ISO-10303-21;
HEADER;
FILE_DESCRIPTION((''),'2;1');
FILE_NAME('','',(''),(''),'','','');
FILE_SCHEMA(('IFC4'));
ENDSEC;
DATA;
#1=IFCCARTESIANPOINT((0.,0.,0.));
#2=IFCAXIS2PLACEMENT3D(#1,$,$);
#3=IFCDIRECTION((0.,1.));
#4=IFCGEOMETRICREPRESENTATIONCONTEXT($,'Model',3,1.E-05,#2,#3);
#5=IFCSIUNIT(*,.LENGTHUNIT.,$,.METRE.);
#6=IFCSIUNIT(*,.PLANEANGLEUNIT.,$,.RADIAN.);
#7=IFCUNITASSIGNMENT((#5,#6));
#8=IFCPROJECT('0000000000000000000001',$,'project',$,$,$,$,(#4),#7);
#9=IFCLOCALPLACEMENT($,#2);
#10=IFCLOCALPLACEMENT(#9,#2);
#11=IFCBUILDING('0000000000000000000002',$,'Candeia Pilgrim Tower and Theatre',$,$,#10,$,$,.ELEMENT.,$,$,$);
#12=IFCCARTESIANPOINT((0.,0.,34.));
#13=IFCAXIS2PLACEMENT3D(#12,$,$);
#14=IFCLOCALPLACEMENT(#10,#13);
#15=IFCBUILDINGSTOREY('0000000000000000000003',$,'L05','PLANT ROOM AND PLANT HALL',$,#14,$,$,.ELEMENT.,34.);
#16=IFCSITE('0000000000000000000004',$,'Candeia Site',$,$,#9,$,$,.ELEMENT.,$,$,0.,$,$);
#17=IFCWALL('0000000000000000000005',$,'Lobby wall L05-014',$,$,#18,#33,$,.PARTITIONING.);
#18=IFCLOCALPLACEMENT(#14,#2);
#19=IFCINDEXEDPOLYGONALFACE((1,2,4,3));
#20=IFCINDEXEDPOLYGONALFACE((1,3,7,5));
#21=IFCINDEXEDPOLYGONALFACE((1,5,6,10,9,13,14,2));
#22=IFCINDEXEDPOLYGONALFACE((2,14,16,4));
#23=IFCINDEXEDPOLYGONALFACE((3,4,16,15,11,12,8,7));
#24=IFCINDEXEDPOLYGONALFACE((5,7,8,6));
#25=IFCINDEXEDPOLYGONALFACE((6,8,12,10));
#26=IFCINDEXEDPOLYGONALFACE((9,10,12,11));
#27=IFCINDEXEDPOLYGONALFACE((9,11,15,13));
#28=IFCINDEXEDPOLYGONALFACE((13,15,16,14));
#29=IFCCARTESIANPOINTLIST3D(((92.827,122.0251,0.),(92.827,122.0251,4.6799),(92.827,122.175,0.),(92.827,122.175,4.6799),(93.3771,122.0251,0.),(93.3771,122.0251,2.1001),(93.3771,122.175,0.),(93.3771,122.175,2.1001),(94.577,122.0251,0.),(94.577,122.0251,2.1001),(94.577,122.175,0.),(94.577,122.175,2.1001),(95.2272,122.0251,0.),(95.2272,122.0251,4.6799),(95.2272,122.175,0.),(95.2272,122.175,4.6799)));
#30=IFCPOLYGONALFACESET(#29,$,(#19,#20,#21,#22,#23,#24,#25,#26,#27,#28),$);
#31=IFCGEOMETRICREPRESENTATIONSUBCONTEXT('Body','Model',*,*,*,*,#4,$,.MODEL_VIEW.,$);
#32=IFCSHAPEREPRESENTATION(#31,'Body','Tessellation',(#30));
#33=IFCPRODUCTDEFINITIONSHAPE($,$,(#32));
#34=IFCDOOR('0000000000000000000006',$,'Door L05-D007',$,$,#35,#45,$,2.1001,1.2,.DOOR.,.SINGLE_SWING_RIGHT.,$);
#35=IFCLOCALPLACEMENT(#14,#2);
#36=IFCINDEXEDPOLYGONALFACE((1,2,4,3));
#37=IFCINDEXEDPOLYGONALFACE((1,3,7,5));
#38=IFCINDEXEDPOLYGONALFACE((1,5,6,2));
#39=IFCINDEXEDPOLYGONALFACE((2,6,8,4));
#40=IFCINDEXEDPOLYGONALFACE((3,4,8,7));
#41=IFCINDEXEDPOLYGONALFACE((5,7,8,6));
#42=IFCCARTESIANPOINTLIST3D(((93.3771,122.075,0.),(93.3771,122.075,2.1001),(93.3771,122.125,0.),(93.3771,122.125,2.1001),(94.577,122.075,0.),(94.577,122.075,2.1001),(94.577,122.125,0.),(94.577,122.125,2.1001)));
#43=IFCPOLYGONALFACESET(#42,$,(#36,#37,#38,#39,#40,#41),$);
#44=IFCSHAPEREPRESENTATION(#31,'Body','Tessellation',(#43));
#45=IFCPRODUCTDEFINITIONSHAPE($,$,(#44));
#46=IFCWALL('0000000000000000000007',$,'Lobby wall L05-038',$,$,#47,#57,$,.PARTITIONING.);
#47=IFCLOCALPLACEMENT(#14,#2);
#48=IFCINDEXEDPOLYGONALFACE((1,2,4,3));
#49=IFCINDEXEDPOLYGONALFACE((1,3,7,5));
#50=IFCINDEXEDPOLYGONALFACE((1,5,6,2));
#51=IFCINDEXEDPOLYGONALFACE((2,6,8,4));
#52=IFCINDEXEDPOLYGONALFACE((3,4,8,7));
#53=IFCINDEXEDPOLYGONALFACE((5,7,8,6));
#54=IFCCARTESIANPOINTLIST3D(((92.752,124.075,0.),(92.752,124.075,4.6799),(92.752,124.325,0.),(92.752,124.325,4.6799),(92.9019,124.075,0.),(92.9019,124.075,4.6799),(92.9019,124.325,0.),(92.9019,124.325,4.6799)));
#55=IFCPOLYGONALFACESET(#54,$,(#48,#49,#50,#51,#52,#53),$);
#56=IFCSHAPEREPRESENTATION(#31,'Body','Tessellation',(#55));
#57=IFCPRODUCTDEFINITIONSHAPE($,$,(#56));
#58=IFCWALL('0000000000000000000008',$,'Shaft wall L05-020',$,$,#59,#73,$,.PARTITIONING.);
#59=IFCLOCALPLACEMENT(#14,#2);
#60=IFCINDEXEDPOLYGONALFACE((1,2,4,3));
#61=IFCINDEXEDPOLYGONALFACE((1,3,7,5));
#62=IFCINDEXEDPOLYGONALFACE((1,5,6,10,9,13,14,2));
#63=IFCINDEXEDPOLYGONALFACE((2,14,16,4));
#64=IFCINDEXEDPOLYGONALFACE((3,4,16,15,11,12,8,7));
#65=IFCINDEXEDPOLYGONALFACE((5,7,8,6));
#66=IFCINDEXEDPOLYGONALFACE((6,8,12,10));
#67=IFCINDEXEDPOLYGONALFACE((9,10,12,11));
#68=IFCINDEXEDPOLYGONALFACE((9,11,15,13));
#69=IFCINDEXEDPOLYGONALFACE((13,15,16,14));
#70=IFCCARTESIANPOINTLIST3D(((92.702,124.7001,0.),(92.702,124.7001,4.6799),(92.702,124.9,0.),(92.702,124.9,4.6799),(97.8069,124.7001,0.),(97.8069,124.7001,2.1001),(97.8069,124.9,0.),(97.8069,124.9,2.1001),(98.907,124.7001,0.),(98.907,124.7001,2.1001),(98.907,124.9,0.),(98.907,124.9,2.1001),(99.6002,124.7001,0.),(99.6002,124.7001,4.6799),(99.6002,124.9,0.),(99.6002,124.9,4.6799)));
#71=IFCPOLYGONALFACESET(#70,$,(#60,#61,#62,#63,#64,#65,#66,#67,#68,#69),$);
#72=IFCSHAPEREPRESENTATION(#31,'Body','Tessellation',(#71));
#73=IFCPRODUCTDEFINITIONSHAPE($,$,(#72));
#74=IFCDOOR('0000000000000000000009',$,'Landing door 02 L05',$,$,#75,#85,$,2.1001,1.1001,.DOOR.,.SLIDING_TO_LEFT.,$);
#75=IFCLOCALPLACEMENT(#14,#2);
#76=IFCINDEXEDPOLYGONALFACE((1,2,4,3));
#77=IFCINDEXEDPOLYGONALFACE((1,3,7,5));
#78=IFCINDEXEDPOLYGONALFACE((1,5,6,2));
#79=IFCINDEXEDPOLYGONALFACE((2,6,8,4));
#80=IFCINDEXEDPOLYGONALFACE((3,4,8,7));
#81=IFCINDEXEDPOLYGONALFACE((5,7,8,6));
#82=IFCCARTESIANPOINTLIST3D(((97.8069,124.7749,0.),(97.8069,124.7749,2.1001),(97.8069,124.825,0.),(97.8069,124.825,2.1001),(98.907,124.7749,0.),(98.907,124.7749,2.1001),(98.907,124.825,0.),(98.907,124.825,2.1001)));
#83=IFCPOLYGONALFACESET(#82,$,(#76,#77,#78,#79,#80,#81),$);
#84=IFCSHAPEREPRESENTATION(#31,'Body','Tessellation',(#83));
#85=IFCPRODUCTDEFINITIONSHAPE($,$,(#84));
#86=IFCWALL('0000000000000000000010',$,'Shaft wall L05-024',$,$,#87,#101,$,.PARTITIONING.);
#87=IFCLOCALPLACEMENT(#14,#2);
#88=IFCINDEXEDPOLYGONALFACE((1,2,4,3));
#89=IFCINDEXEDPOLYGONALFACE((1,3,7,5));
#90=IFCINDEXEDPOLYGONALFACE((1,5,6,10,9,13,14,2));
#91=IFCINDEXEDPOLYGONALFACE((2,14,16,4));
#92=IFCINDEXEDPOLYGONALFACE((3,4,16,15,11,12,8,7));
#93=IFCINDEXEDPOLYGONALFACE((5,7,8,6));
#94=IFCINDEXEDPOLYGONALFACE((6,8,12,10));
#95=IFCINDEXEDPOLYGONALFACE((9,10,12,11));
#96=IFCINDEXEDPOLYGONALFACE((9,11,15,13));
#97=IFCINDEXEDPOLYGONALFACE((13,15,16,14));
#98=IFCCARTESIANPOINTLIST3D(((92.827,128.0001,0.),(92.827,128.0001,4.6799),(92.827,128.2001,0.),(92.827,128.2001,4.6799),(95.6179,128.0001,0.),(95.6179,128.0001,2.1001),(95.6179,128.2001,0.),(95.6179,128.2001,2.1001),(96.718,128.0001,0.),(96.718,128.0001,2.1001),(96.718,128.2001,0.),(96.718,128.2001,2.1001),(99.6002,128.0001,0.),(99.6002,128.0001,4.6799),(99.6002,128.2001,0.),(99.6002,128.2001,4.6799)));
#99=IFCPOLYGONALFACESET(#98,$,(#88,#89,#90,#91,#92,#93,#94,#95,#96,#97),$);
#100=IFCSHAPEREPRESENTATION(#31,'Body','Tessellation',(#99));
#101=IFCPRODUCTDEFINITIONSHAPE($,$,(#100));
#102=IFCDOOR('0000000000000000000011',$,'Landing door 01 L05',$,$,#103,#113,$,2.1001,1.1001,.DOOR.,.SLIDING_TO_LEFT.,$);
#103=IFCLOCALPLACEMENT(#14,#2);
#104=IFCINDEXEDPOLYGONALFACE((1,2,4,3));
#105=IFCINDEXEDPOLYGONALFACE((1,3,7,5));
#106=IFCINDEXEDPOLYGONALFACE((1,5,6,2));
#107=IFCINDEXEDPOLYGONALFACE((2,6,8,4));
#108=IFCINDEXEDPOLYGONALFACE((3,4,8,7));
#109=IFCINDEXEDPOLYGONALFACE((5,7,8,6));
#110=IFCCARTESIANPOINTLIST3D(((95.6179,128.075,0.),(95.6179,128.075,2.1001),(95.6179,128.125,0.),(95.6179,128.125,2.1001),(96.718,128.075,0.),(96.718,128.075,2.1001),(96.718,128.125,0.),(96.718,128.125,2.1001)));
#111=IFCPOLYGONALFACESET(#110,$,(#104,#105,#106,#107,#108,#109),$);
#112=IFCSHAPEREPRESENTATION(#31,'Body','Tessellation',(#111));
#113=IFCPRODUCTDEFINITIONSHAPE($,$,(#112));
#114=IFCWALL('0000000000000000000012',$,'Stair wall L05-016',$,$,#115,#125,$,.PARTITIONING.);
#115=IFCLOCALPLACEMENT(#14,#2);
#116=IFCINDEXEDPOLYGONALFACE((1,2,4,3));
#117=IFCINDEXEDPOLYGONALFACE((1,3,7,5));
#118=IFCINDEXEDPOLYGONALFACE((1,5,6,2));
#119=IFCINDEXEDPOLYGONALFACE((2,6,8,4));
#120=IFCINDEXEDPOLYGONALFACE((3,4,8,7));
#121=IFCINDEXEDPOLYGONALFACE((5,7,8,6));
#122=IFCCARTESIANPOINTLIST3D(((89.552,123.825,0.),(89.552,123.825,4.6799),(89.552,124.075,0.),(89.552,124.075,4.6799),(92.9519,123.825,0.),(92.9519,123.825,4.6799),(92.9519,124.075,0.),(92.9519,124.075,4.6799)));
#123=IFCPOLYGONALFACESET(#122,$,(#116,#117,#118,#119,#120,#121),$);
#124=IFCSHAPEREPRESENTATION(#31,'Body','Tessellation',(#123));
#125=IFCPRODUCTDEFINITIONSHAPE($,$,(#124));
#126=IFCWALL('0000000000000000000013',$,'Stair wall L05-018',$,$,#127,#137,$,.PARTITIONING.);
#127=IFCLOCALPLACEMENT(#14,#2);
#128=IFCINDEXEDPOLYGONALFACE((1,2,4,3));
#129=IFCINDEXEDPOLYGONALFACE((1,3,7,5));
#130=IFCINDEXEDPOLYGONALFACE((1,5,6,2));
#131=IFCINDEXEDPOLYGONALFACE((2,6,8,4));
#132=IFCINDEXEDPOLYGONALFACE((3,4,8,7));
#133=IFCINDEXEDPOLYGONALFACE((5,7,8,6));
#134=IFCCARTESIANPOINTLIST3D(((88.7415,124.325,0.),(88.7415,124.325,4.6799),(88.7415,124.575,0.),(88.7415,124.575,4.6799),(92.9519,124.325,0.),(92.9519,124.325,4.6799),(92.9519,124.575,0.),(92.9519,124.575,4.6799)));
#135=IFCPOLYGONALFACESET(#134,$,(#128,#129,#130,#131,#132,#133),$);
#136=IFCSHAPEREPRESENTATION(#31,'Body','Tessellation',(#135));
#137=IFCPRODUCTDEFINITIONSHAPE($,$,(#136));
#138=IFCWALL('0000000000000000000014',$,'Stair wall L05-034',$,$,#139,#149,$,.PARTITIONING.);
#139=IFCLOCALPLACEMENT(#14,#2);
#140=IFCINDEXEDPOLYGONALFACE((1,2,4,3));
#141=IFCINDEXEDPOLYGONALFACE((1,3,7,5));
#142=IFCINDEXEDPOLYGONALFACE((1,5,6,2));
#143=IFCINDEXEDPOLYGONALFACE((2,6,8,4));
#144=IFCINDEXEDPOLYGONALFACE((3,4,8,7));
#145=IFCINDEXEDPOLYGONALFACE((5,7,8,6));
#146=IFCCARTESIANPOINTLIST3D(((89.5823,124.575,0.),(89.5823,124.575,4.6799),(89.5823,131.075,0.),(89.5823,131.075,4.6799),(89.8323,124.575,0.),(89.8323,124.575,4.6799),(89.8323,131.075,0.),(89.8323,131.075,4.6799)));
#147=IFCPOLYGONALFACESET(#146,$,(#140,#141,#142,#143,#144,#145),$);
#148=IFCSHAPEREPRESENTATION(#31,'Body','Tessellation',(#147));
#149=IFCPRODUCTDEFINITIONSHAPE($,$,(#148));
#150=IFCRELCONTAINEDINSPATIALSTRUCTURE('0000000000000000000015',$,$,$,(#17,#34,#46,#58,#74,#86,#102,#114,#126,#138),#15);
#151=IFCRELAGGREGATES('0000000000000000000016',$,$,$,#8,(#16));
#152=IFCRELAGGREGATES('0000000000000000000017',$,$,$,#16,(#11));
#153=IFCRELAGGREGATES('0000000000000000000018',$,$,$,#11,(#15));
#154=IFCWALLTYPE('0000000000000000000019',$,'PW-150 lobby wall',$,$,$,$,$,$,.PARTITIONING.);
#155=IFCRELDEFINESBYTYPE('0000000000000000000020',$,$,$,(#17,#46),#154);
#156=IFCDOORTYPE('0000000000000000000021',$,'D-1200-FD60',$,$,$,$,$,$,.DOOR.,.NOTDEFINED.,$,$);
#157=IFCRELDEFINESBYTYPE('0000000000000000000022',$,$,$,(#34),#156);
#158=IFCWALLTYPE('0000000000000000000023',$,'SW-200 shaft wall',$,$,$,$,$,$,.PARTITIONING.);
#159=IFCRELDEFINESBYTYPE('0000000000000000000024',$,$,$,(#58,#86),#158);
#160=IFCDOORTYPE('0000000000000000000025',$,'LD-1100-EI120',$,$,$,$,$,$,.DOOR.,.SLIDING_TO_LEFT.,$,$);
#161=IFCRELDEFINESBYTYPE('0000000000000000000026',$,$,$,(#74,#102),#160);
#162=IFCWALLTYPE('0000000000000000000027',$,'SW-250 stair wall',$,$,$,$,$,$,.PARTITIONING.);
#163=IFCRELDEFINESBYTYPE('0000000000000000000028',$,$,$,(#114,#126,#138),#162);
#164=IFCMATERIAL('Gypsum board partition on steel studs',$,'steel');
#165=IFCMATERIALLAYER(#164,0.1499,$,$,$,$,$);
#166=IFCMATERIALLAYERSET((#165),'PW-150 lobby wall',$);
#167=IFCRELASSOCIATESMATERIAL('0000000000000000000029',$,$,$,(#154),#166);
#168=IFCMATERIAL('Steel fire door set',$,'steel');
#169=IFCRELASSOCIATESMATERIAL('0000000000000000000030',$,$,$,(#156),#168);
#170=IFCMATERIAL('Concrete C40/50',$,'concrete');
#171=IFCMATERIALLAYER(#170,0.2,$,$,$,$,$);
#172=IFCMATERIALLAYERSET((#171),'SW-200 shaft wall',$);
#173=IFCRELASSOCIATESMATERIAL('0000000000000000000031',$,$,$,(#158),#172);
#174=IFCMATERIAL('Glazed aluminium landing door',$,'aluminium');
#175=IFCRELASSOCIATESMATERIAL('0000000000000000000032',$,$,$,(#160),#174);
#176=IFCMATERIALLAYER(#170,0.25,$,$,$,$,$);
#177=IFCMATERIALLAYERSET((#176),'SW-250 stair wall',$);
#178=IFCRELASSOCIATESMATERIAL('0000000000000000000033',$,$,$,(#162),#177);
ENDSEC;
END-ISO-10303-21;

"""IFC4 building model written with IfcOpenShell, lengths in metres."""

from ifc_helpers import new_model, si_unit, direction, frame, frame_2d, origin, place, context, subcontext, project, spatial, rectangle, extrude, material, layer, layer_set, type_object, element, fill, save


model = new_model("IFC4")

# Units and contexts
model_context = context("Model", 3, precision=1e-05, world=origin(), true_north=direction((0.0, 1.0)))
body_context = subcontext(model_context, "Body", "Model", "MODEL_VIEW")
ifc_project = project(units=[si_unit("LENGTHUNIT", "METRE"), si_unit("PLANEANGLEUNIT", "RADIAN")], contexts=[model_context])

# Site, building, storey
site_placement = place(None, origin())
site = spatial("IfcSite", under=ifc_project, at=site_placement, Name="Candeia Site", CompositionType="ELEMENT", RefElevation=0.0)
building_placement = place(site_placement, origin())
building = spatial("IfcBuilding", under=site, at=building_placement, Name="Candeia Pilgrim Tower and Theatre", CompositionType="ELEMENT")
storey_placement = place(building_placement, frame((0.0, 0.0, 34.0)))
storey = spatial("IfcBuildingStorey", under=building, at=storey_placement, Name="L05", Description="PLANT ROOM AND PLANT HALL", CompositionType="ELEMENT", Elevation=34.0)

# Wall, opening, door
ifc_material_1 = material(Name="Gypsum board partition on steel studs", Category="steel")
ifc_layer_1 = layer(ifc_material_1, 0.1499)
ifc_layer_set_1 = layer_set([ifc_layer_1], Name="PW-150 lobby wall")
wall_type_1 = type_object("IfcWallType", Name="PW-150 lobby wall", PredefinedType="PARTITIONING", material=ifc_layer_set_1)
wall_1_placement = place(storey_placement, frame((92.8269, 122.1001, 0.0), z_axis=(0.0, 0.0, 1.0), x_axis=(1.0, 0.0, 0.0)))
wall_1 = element("IfcWall", 1, at=wall_1_placement, inside=storey, type_object=wall_type_1, Name="Lobby wall L05-014", PredefinedType="PARTITIONING", context=body_context, shape_type="SweptSolid", body=[
    extrude(rectangle(XDim=2.4001, YDim=0.1499, at=frame_2d((1.2002, 0.0))), origin(), (0.0, 0.0, 1.0), 4.6799),
])
opening_1_placement = place(wall_1_placement, frame((0.55, 0.0, 0.0)))
opening_1 = element("IfcOpeningElement", 2, at=opening_1_placement, cuts=wall_1, PredefinedType="OPENING", context=body_context, shape_type="SweptSolid", body=[
    extrude(rectangle(XDim=1.2, YDim=2.1001, at=frame_2d((0.6001, 1.05))), frame((0.0, 0.085, 0.0), z_axis=(0.0, -1.0, 0.0), x_axis=(1.0, 0.0, 0.0)), (0.0, 0.0, 1.0), 0.1699),
])
ifc_material_2 = material(Name="Steel fire door set", Category="steel")
door_type_1 = type_object("IfcDoorType", Name="D-1200-FD60", OperationType="NOTDEFINED", PredefinedType="DOOR", material=ifc_material_2)
door_1_placement = place(opening_1_placement, origin())
door_1 = element("IfcDoor", 3, at=door_1_placement, inside=storey, type_object=door_type_1, Name="Door L05-D007", OperationType="SINGLE_SWING_RIGHT", OverallHeight=2.1001, OverallWidth=1.2, PredefinedType="DOOR", context=body_context, shape_type="SweptSolid", body=[
    extrude(rectangle(XDim=1.2, YDim=2.1001, at=frame_2d((0.6001, 1.05))), frame((0.0, 0.0249, 0.0), z_axis=(0.0, -1.0, 0.0), x_axis=(1.0, 0.0, 0.0)), (0.0, 0.0, 1.0), 0.05),
])
fill(opening_1, door_1)

# Wall
wall_2_placement = place(storey_placement, frame((92.8269, 124.075, 0.0), z_axis=(0.0, 0.0, 1.0), x_axis=(0.0, 1.0, 0.0)))
element("IfcWall", 4, at=wall_2_placement, inside=storey, type_object=wall_type_1, Name="Lobby wall L05-038", PredefinedType="PARTITIONING", context=body_context, shape_type="SweptSolid", body=[
    extrude(rectangle(XDim=0.25, YDim=0.1499, at=frame_2d((0.125, 0.0))), origin(), (0.0, 0.0, 1.0), 4.6799),
])

# Walls, openings, doors
ifc_material_3 = material(Name="Concrete C40/50", Category="concrete")
ifc_layer_2 = layer(ifc_material_3, 0.2)
ifc_layer_set_2 = layer_set([ifc_layer_2], Name="SW-200 shaft wall")
wall_type_2 = type_object("IfcWallType", Name="SW-200 shaft wall", PredefinedType="PARTITIONING", material=ifc_layer_set_2)
wall_3_placement = place(storey_placement, frame((92.7019, 124.8, 0.0), z_axis=(0.0, 0.0, 1.0), x_axis=(1.0, 0.0, 0.0)))
wall_3 = element("IfcWall", 5, at=wall_3_placement, inside=storey, type_object=wall_type_2, Name="Shaft wall L05-020", PredefinedType="PARTITIONING", context=body_context, shape_type="SweptSolid", body=[
    extrude(rectangle(XDim=6.8982, YDim=0.2, at=frame_2d((3.4492, 0.0))), origin(), (0.0, 0.0, 1.0), 4.6799),
])
opening_2_placement = place(wall_3_placement, frame((5.105, 0.0, 0.0)))
opening_2 = element("IfcOpeningElement", 6, at=opening_2_placement, cuts=wall_3, PredefinedType="OPENING", context=body_context, shape_type="SweptSolid", body=[
    extrude(rectangle(XDim=1.1001, YDim=2.1001, at=frame_2d((0.55, 1.05))), frame((0.0, 0.1099, 0.0), z_axis=(0.0, -1.0, 0.0), x_axis=(1.0, 0.0, 0.0)), (0.0, 0.0, 1.0), 0.22),
])
ifc_material_4 = material(Name="Glazed aluminium landing door", Category="aluminium")
door_type_2 = type_object("IfcDoorType", Name="LD-1100-EI120", OperationType="SLIDING_TO_LEFT", PredefinedType="DOOR", material=ifc_material_4)
door_2_placement = place(opening_2_placement, origin())
door_2 = element("IfcDoor", 7, at=door_2_placement, inside=storey, type_object=door_type_2, Name="Landing door 02 L05", OperationType="SLIDING_TO_LEFT", OverallHeight=2.1001, OverallWidth=1.1001, PredefinedType="DOOR", context=body_context, shape_type="SweptSolid", body=[
    extrude(rectangle(XDim=1.1001, YDim=2.1001, at=frame_2d((0.55, 1.05))), frame((0.0, 0.0249, 0.0), z_axis=(0.0, -1.0, 0.0), x_axis=(1.0, 0.0, 0.0)), (0.0, 0.0, 1.0), 0.05),
])
fill(opening_2, door_2)
wall_4_placement = place(storey_placement, frame((92.8269, 128.1001, 0.0), z_axis=(0.0, 0.0, 1.0), x_axis=(1.0, 0.0, 0.0)))
wall_4 = element("IfcWall", 8, at=wall_4_placement, inside=storey, type_object=wall_type_2, Name="Shaft wall L05-024", PredefinedType="PARTITIONING", context=body_context, shape_type="SweptSolid", body=[
    extrude(rectangle(XDim=6.7732, YDim=0.2, at=frame_2d((3.3867, 0.0))), origin(), (0.0, 0.0, 1.0), 4.6799),
])
opening_3_placement = place(wall_4_placement, frame((2.791, 0.0, 0.0)))
opening_3 = element("IfcOpeningElement", 9, at=opening_3_placement, cuts=wall_4, PredefinedType="OPENING", context=body_context, shape_type="SweptSolid", body=[
    extrude(rectangle(XDim=1.1001, YDim=2.1001, at=frame_2d((0.55, 1.05))), frame((0.0, 0.1099, 0.0), z_axis=(0.0, -1.0, 0.0), x_axis=(1.0, 0.0, 0.0)), (0.0, 0.0, 1.0), 0.22),
])
door_3_placement = place(opening_3_placement, origin())
door_3 = element("IfcDoor", 10, at=door_3_placement, inside=storey, type_object=door_type_2, Name="Landing door 01 L05", OperationType="SLIDING_TO_LEFT", OverallHeight=2.1001, OverallWidth=1.1001, PredefinedType="DOOR", context=body_context, shape_type="SweptSolid", body=[
    extrude(rectangle(XDim=1.1001, YDim=2.1001, at=frame_2d((0.55, 1.05))), frame((0.0, 0.0249, 0.0), z_axis=(0.0, -1.0, 0.0), x_axis=(1.0, 0.0, 0.0)), (0.0, 0.0, 1.0), 0.05),
])
fill(opening_3, door_3)

# Walls
ifc_layer_3 = layer(ifc_material_3, 0.25)
ifc_layer_set_3 = layer_set([ifc_layer_3], Name="SW-250 stair wall")
wall_type_3 = type_object("IfcWallType", Name="SW-250 stair wall", PredefinedType="PARTITIONING", material=ifc_layer_set_3)
wall_5_placement = place(storey_placement, frame((89.552, 123.95, 0.0), z_axis=(0.0, 0.0, 1.0), x_axis=(1.0, 0.0, 0.0)))
element("IfcWall", 11, at=wall_5_placement, inside=storey, type_object=wall_type_3, Name="Stair wall L05-016", PredefinedType="PARTITIONING", context=body_context, shape_type="SweptSolid", body=[
    extrude(rectangle(XDim=3.3999, YDim=0.25, at=frame_2d((1.7, 0.0))), origin(), (0.0, 0.0, 1.0), 4.6799),
])
wall_6_placement = place(storey_placement, frame((88.7415, 124.45, 0.0), z_axis=(0.0, 0.0, 1.0), x_axis=(1.0, 0.0, 0.0)))
element("IfcWall", 12, at=wall_6_placement, inside=storey, type_object=wall_type_3, Name="Stair wall L05-018", PredefinedType="PARTITIONING", context=body_context, shape_type="SweptSolid", body=[
    extrude(rectangle(XDim=4.2104, YDim=0.25, at=frame_2d((2.1052, 0.0))), origin(), (0.0, 0.0, 1.0), 4.6799),
])
wall_7_placement = place(storey_placement, frame((89.7073, 124.575, 0.0), z_axis=(0.0, 0.0, 1.0), x_axis=(0.0, 1.0, 0.0)))
element("IfcWall", 13, at=wall_7_placement, inside=storey, type_object=wall_type_3, Name="Stair wall L05-034", PredefinedType="PARTITIONING", context=body_context, shape_type="SweptSolid", body=[
    extrude(rectangle(XDim=6.5, YDim=0.25, at=frame_2d((3.25, 0.0))), origin(), (0.0, 0.0, 1.0), 4.6799),
])

save(model, "model.ifc")
